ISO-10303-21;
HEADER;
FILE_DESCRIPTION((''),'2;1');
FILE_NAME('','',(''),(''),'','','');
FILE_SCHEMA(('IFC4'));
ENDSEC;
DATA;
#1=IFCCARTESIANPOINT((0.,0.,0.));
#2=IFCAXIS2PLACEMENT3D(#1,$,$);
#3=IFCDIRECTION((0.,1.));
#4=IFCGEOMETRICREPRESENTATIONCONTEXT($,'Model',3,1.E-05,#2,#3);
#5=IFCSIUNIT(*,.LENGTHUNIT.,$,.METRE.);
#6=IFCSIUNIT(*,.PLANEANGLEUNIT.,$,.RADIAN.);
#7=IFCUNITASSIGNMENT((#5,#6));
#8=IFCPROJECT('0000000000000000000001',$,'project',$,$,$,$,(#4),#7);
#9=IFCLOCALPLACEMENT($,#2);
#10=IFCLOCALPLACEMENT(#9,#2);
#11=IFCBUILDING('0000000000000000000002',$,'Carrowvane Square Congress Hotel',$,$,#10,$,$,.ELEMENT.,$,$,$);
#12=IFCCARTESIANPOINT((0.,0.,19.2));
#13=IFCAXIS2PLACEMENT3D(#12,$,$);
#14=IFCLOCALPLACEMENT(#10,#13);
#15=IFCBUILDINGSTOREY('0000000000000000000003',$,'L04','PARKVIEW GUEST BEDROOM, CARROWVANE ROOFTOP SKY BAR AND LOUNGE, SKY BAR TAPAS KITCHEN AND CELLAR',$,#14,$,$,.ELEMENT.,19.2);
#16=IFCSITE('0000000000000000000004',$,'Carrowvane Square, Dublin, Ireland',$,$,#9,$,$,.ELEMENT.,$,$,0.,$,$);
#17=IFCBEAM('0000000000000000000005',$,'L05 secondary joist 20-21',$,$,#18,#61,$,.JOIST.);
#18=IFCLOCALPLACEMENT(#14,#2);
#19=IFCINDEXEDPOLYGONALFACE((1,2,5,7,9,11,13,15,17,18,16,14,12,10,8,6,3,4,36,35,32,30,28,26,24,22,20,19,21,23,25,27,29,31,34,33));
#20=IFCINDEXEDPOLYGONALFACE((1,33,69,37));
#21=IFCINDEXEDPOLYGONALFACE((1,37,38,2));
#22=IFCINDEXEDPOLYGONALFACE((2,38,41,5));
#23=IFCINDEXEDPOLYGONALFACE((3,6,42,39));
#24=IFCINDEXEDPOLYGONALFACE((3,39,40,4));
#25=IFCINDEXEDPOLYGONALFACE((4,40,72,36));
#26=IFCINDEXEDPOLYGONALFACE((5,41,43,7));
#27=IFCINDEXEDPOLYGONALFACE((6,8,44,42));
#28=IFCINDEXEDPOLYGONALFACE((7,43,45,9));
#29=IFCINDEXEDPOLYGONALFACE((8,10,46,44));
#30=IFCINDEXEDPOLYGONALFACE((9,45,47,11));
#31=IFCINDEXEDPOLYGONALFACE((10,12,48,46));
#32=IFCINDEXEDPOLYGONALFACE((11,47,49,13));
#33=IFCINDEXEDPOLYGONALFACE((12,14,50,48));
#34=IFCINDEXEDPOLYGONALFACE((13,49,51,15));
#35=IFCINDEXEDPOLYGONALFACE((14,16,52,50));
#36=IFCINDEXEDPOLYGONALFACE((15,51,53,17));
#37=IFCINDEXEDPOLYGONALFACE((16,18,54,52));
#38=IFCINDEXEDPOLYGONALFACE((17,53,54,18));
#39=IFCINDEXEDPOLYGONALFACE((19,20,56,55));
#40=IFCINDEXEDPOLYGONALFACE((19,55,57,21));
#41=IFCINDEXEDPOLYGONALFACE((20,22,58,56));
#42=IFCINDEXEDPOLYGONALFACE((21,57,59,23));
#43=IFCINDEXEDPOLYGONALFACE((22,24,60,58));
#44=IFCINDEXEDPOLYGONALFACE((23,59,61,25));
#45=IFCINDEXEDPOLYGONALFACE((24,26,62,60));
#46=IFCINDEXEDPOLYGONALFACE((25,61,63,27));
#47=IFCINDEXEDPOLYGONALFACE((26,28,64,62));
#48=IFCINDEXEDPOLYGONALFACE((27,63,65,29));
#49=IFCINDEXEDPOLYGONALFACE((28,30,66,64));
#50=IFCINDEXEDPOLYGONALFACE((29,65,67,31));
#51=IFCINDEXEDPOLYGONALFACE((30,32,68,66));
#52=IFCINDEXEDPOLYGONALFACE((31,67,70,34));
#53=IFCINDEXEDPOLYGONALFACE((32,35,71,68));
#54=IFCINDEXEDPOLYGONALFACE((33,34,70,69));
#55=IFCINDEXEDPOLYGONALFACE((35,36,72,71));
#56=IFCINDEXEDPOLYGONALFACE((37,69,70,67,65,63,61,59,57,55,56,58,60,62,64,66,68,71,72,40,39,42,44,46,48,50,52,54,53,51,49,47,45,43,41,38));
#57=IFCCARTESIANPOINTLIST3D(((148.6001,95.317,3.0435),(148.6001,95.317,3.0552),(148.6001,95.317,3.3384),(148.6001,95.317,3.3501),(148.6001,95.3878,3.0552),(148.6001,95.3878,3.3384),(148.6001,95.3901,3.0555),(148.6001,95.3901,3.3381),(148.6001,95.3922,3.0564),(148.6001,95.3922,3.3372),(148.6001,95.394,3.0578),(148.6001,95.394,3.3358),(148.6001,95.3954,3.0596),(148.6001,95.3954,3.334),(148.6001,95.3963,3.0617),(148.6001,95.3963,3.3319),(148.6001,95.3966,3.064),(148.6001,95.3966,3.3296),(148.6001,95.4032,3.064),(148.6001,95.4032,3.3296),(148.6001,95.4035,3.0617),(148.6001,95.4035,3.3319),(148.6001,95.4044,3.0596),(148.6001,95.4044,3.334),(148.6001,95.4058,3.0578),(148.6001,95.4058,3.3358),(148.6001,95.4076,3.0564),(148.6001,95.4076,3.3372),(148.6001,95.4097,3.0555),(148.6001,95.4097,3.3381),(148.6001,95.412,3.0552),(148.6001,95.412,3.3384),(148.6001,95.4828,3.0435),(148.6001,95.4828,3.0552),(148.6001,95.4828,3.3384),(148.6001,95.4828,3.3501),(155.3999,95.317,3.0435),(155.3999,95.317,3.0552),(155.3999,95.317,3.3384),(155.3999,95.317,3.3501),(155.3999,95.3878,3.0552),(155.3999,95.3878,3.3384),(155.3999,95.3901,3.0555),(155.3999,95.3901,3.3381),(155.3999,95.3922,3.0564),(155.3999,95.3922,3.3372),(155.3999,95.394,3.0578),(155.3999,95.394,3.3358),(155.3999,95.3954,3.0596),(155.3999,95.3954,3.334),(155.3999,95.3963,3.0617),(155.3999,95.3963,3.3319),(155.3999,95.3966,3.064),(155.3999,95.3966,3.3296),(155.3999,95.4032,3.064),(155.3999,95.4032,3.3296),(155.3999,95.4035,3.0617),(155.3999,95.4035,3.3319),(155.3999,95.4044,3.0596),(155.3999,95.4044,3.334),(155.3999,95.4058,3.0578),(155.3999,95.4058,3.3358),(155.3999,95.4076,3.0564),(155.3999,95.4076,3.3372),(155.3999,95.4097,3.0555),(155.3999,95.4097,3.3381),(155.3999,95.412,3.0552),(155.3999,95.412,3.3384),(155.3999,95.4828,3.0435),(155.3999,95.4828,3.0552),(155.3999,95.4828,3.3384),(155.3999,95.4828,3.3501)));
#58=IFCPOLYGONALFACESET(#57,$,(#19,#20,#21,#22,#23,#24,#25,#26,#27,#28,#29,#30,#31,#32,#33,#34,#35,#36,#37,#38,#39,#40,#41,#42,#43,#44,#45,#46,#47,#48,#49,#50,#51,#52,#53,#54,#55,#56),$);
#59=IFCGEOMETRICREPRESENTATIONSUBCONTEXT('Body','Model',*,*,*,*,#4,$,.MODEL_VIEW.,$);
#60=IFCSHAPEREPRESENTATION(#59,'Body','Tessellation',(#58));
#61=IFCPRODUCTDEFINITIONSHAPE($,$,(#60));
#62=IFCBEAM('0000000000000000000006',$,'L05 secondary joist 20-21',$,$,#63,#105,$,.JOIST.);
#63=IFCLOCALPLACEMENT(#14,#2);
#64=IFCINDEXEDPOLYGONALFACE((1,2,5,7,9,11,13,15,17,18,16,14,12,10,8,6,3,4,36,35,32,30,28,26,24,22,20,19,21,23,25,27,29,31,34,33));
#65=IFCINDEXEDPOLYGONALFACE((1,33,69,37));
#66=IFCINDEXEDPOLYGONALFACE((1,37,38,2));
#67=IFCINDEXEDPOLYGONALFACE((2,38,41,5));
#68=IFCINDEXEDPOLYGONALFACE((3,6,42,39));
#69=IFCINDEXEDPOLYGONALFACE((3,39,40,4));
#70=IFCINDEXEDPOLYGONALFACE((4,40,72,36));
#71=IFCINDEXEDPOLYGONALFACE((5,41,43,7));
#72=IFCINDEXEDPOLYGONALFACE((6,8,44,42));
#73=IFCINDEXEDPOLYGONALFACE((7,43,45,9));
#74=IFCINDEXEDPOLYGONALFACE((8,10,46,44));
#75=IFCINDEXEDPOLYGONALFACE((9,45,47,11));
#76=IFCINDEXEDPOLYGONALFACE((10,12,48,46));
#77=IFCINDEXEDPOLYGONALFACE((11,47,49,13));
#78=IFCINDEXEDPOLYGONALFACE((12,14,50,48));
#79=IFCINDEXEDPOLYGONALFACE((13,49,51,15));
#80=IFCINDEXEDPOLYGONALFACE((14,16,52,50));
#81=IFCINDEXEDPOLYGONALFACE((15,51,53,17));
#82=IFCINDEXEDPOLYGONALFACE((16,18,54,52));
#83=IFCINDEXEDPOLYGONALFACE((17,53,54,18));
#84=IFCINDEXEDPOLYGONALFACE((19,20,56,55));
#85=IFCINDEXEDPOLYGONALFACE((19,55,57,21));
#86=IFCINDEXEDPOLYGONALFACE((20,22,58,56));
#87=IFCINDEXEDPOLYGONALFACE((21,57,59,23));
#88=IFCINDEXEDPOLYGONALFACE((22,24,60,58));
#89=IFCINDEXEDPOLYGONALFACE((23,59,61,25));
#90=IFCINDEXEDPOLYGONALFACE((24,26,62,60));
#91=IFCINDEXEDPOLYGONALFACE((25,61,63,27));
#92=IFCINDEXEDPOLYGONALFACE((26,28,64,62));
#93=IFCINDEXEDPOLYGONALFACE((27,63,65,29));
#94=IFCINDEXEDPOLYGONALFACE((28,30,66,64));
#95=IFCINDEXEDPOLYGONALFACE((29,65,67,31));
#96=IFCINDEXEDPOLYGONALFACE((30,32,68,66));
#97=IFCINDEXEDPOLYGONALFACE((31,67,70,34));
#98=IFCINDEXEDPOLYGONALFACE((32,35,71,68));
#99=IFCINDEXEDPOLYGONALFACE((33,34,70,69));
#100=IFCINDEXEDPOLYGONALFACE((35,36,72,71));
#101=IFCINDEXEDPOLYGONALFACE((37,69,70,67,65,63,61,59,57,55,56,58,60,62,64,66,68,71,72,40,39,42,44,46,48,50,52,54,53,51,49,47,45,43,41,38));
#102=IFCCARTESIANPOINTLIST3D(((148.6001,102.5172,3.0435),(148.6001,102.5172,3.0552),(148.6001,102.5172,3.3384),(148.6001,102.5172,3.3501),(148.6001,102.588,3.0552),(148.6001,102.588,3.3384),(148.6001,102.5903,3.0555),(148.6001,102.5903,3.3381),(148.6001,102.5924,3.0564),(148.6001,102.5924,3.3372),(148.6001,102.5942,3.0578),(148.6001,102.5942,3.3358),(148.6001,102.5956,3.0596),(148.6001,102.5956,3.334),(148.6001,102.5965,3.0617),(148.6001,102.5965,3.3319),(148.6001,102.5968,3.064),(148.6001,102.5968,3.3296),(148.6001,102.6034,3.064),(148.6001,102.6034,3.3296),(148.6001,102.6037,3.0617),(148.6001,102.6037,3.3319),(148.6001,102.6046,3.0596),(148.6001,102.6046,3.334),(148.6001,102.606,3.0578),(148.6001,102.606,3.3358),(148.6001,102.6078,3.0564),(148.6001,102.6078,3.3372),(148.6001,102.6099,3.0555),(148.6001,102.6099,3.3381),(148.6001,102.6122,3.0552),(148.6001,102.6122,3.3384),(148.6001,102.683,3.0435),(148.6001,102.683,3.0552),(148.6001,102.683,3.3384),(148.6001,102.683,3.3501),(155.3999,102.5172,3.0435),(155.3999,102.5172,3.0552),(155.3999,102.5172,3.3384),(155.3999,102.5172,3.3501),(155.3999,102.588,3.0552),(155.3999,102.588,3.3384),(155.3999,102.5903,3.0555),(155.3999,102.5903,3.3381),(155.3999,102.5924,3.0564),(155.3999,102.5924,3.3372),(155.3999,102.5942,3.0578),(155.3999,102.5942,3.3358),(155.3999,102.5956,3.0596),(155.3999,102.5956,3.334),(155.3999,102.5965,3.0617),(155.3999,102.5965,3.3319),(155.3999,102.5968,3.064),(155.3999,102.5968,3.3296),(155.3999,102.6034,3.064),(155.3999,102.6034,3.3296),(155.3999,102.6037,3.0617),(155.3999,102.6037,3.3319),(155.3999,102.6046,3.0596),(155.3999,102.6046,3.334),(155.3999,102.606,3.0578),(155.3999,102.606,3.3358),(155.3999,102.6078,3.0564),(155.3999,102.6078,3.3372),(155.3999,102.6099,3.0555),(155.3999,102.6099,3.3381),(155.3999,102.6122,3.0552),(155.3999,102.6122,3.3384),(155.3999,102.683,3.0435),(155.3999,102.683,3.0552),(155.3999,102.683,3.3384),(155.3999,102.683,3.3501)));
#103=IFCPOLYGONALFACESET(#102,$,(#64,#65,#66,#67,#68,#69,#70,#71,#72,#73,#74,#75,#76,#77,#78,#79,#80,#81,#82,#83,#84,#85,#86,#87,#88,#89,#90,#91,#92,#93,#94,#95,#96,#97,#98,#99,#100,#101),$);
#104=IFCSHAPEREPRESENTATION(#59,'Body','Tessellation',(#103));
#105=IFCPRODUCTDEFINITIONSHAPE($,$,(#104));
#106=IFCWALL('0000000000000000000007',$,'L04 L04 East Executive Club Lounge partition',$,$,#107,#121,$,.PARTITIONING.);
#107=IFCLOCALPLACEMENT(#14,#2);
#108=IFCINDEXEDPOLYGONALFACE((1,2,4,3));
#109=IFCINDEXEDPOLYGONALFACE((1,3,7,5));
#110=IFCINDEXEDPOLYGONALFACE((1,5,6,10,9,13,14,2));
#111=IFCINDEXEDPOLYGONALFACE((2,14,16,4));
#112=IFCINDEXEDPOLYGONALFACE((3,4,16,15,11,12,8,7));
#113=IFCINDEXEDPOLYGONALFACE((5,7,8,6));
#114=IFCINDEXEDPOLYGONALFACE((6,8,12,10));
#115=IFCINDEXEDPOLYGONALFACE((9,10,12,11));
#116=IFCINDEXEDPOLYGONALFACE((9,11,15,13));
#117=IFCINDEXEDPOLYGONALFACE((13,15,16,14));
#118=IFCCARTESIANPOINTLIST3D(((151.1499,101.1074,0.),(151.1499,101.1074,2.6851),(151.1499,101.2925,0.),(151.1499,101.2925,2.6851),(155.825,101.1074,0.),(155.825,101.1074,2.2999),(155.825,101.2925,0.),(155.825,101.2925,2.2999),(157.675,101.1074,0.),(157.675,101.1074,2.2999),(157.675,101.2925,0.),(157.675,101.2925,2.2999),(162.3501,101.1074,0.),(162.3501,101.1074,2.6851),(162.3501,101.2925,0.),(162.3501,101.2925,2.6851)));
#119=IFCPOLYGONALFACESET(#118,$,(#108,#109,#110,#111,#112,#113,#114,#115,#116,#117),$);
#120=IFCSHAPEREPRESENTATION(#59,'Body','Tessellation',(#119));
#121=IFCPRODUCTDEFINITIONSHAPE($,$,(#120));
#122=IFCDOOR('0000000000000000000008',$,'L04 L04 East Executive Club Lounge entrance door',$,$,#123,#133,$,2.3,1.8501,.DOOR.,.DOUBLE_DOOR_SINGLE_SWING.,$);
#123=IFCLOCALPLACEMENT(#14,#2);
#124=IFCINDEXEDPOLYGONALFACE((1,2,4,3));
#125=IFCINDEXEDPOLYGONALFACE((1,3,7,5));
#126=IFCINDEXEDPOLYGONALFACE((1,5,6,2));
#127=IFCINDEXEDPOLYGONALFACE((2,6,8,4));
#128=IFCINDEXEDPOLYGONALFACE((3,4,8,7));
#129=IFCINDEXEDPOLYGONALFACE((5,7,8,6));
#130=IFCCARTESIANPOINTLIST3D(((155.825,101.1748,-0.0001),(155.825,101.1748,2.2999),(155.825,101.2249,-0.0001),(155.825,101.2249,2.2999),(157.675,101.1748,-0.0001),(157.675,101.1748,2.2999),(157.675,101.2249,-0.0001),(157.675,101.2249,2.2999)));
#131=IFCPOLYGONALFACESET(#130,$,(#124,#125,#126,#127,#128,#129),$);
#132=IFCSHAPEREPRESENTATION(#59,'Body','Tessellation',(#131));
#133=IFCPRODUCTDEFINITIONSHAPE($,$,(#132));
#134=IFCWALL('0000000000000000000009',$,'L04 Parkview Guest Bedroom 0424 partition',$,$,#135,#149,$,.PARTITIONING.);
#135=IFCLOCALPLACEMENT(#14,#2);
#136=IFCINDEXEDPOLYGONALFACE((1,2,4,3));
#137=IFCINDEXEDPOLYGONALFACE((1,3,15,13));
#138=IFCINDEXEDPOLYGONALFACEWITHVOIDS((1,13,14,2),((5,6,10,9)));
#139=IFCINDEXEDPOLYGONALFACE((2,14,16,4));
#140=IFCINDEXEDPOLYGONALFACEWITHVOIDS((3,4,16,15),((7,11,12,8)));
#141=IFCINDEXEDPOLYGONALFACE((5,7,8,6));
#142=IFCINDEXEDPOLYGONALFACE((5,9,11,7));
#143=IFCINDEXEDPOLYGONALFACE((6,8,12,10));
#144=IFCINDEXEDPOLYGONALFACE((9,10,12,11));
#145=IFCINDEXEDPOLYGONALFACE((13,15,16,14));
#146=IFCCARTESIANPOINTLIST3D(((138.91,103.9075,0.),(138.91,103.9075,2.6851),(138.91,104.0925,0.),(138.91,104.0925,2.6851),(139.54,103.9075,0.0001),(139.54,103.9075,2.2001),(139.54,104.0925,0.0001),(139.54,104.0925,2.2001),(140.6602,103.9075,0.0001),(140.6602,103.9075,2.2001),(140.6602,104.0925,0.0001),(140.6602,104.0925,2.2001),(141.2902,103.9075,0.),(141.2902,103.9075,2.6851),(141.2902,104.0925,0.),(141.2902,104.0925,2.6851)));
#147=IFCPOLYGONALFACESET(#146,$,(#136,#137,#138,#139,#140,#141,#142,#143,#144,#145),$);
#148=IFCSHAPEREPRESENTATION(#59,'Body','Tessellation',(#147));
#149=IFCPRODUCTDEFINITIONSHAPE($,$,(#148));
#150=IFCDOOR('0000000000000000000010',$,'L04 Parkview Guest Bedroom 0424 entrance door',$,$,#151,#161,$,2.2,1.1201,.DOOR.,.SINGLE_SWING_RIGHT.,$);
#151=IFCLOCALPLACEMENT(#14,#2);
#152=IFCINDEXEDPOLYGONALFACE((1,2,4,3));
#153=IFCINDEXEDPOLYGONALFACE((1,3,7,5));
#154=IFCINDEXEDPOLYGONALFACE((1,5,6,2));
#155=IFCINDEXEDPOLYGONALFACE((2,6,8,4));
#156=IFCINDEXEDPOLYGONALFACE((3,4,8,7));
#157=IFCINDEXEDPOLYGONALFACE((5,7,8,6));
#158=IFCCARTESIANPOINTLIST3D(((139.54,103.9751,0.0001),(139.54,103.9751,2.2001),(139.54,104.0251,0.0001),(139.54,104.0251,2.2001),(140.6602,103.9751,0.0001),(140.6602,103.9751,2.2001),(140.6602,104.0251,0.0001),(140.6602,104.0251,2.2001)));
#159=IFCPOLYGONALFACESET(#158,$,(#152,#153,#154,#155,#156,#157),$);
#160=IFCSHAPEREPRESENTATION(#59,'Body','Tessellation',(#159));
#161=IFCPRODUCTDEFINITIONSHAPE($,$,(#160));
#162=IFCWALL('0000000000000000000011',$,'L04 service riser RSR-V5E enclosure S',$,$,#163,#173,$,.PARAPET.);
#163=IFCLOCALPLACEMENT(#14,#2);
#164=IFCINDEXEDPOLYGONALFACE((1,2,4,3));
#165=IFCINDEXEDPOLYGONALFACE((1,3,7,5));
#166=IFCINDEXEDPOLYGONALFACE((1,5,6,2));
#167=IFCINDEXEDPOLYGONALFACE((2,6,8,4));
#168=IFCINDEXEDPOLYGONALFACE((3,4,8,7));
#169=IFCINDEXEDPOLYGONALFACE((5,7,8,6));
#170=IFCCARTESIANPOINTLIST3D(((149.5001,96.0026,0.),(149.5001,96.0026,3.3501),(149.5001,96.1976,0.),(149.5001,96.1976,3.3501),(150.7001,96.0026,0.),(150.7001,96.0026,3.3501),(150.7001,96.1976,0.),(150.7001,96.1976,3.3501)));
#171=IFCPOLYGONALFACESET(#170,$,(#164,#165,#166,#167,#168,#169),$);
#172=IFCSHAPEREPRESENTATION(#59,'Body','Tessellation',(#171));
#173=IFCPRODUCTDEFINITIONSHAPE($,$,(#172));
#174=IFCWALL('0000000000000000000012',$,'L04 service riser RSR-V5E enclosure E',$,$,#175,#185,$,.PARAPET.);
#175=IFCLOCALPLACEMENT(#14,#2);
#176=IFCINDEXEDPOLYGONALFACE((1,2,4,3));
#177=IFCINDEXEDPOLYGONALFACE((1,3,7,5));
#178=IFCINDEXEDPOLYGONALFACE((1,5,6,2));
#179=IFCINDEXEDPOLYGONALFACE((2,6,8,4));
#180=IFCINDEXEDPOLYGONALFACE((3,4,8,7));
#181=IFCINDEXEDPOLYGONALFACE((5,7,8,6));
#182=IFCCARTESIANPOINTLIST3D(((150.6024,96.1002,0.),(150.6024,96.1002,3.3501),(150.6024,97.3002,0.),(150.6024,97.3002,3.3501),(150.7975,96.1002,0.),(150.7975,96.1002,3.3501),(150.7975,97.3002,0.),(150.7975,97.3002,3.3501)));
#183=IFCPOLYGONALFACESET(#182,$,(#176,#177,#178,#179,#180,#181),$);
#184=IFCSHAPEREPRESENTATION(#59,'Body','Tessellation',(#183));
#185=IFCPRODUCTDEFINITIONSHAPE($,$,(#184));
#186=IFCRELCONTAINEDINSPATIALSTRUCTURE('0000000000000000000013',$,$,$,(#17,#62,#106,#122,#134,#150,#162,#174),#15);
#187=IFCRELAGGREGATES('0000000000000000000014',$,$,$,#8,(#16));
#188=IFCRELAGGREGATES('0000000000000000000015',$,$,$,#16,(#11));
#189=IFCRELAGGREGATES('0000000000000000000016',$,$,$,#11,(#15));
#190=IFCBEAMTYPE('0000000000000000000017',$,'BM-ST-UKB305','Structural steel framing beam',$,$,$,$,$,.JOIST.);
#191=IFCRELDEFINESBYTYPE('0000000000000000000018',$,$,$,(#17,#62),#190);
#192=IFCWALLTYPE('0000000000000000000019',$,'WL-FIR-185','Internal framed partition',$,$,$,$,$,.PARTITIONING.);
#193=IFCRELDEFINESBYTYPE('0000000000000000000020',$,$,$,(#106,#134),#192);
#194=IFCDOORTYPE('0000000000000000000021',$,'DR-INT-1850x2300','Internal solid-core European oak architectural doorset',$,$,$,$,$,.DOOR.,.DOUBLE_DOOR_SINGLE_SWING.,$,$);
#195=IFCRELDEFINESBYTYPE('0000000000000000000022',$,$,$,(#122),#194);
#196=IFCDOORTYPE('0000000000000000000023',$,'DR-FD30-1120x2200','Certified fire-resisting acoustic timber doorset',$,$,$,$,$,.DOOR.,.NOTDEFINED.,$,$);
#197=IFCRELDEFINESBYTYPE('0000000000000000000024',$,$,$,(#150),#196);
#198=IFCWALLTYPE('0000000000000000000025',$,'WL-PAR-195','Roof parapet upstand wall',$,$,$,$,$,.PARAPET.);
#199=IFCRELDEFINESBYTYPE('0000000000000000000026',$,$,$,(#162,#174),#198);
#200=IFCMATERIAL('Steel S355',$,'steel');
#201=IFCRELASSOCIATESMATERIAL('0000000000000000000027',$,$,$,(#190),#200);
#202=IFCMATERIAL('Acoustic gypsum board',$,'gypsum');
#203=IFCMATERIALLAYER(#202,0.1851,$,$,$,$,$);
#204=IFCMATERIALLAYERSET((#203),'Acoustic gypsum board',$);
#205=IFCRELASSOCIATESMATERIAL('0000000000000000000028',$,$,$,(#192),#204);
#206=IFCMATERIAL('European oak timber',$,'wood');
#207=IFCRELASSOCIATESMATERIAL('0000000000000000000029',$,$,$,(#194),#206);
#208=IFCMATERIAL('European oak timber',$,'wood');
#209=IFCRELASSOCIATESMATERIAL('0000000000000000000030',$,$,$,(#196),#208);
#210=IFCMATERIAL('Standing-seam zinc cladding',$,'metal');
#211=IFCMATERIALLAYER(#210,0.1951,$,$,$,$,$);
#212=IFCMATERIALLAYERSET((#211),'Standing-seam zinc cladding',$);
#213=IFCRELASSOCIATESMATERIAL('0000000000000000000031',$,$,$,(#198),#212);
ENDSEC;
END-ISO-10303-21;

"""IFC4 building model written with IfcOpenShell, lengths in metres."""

from ifc_helpers import new_model, si_unit, direction, frame, frame_2d, origin, origin_2d, place, context, subcontext, project, spatial, rectangle, i_section, extrude, material, layer, layer_set, material_profile, profile_set, type_object, element, fill, save


model = new_model("IFC4")

# Units and contexts
model_context = context("Model", 3, precision=1e-05, world=origin(), true_north=direction((0.0, 1.0)))
body_context = subcontext(model_context, "Body", "Model", "MODEL_VIEW")
ifc_project = project(units=[si_unit("LENGTHUNIT", "METRE"), si_unit("PLANEANGLEUNIT", "RADIAN")], contexts=[model_context])

# Site, building, storey
site_placement = place(None, origin())
site = spatial("IfcSite", under=ifc_project, at=site_placement, Name="Carrowvane Square, Dublin, Ireland", CompositionType="ELEMENT", RefElevation=0.0)
building_placement = place(site_placement, origin())
building = spatial("IfcBuilding", under=site, at=building_placement, Name="Carrowvane Square Congress Hotel", CompositionType="ELEMENT")
storey_placement = place(building_placement, frame((0.0, 0.0, 19.2)))
storey = spatial("IfcBuildingStorey", under=building, at=storey_placement, Name="L04", Description="PARKVIEW GUEST BEDROOM, CARROWVANE ROOFTOP SKY BAR AND LOUNGE, SKY BAR TAPAS KITCHEN AND CELLAR", CompositionType="ELEMENT", Elevation=19.2)

# Beams
ifc_material_1 = material(Name="Steel S355", Category="steel")
ifc_material_profile_1 = material_profile(ifc_material_1, i_section(OverallWidth=0.1658, OverallDepth=0.3066, WebThickness=0.0066, FlangeThickness=0.0117, FilletRadius=0.0088, at=origin_2d()), Name="UKB 305x165x46")
ifc_profile_set_1 = profile_set([ifc_material_profile_1], Name="Steel S355")
beam_type_1 = type_object("IfcBeamType", Name="BM-ST-UKB305", Description="Structural steel framing beam", PredefinedType="JOIST", material=ifc_profile_set_1)
for number, where, z_axis, x_axis, name in (
    (1, (148.6001, 95.3999, 3.1968), (1.0, 0.0, 0.0), (0.0, 1.0, 0.0), "L05 secondary joist 20-21"),
    (2, (148.6001, 102.6001, 3.1968), (1.0, 0.0, 0.0), (0.0, 1.0, 0.0), "L05 secondary joist 20-21"),
):
    element("IfcBeam", number, at=place(storey_placement, frame(where, z_axis=z_axis, x_axis=x_axis)), inside=storey, type_object=beam_type_1, Name=name, PredefinedType="JOIST", context=body_context, shape_type="SweptSolid", body=[
        extrude(i_section(OverallWidth=0.1658, OverallDepth=0.3066, WebThickness=0.0066, FlangeThickness=0.0117, FilletRadius=0.0088, at=origin_2d()), origin(), (0.0, 0.0, 1.0), 6.7998),
    ])

# Walls, openings, doors
ifc_material_2 = material(Name="Acoustic gypsum board", Category="gypsum")
ifc_layer_1 = layer(ifc_material_2, 0.1851)
ifc_layer_set_1 = layer_set([ifc_layer_1], Name="Acoustic gypsum board")
wall_type_1 = type_object("IfcWallType", Name="WL-FIR-185", Description="Internal framed partition", PredefinedType="PARTITIONING", material=ifc_layer_set_1)
wall_1_placement = place(storey_placement, frame((151.1499, 101.2, 0.0), z_axis=(0.0, 0.0, 1.0), x_axis=(1.0, 0.0, 0.0)))
wall_1 = element("IfcWall", 3, at=wall_1_placement, inside=storey, type_object=wall_type_1, Name="L04 L04 East Executive Club Lounge partition", PredefinedType="PARTITIONING", context=body_context, shape_type="SweptSolid", body=[
    extrude(rectangle(XDim=11.2002, YDim=0.1851, at=frame_2d((5.6001, 0.0))), origin(), (0.0, 0.0, 1.0), 2.6851),
])
opening_1_placement = place(wall_1_placement, frame((4.675, 0.0, 0.0)))
opening_1 = element("IfcOpeningElement", 4, at=opening_1_placement, cuts=wall_1, PredefinedType="OPENING", context=body_context, shape_type="SweptSolid", body=[
    extrude(rectangle(XDim=1.8501, YDim=2.3, at=frame_2d((0.925, 1.1499))), frame((0.0, 0.1025, 0.0), z_axis=(0.0, -1.0, 0.0), x_axis=(1.0, 0.0, 0.0)), (0.0, 0.0, 1.0), 0.2051),
])
ifc_material_3 = material(Name="European oak timber", Category="wood")
door_type_1 = type_object("IfcDoorType", Name="DR-INT-1850x2300", Description="Internal solid-core European oak architectural doorset", OperationType="DOUBLE_DOOR_SINGLE_SWING", PredefinedType="DOOR", material=ifc_material_3)
door_1_placement = place(opening_1_placement, origin())
door_1 = element("IfcDoor", 5, at=door_1_placement, inside=storey, type_object=door_type_1, Name="L04 L04 East Executive Club Lounge entrance door", OperationType="DOUBLE_DOOR_SINGLE_SWING", OverallHeight=2.3, OverallWidth=1.8501, PredefinedType="DOOR", context=body_context, shape_type="SweptSolid", body=[
    extrude(rectangle(XDim=1.8501, YDim=2.3, at=frame_2d((0.925, 1.1499))), frame((0.0, 0.0249, 0.0), z_axis=(0.0, -1.0, 0.0), x_axis=(1.0, 0.0, 0.0)), (0.0, 0.0, 1.0), 0.05),
])
fill(opening_1, door_1)
wall_2_placement = place(storey_placement, frame((141.29, 104.0, 0.0), z_axis=(0.0, 0.0, 1.0), x_axis=(-1.0, 0.0, 0.0)))
wall_2 = element("IfcWall", 6, at=wall_2_placement, inside=storey, type_object=wall_type_1, Name="L04 Parkview Guest Bedroom 0424 partition", PredefinedType="PARTITIONING", context=body_context, shape_type="SweptSolid", body=[
    extrude(rectangle(XDim=2.3801, YDim=0.1851, at=frame_2d((1.1899, 0.0))), origin(), (0.0, 0.0, 1.0), 2.6851),
])
opening_2_placement = place(wall_2_placement, frame((0.6299, 0.0, 0.0)))
opening_2 = element("IfcOpeningElement", 7, at=opening_2_placement, cuts=wall_2, PredefinedType="OPENING", context=body_context, shape_type="SweptSolid", body=[
    extrude(rectangle(XDim=1.1201, YDim=2.2, at=frame_2d((0.5601, 1.1001))), frame((0.0, 0.1025, 0.0), z_axis=(0.0, -1.0, 0.0), x_axis=(1.0, 0.0, 0.0)), (0.0, 0.0, 1.0), 0.2051),
])
ifc_material_4 = material(Name="European oak timber", Category="wood")
door_type_2 = type_object("IfcDoorType", Name="DR-FD30-1120x2200", Description="Certified fire-resisting acoustic timber doorset", OperationType="NOTDEFINED", PredefinedType="DOOR", material=ifc_material_4)
door_2_placement = place(opening_2_placement, origin())
door_2 = element("IfcDoor", 8, at=door_2_placement, inside=storey, type_object=door_type_2, Name="L04 Parkview Guest Bedroom 0424 entrance door", OperationType="SINGLE_SWING_RIGHT", OverallHeight=2.2, OverallWidth=1.1201, PredefinedType="DOOR", context=body_context, shape_type="SweptSolid", body=[
    extrude(rectangle(XDim=1.1201, YDim=2.2, at=frame_2d((0.5601, 1.1001))), frame((0.0, 0.0249, 0.0), z_axis=(0.0, -1.0, 0.0), x_axis=(1.0, 0.0, 0.0)), (0.0, 0.0, 1.0), 0.05),
])
fill(opening_2, door_2)

# Walls
ifc_material_5 = material(Name="Standing-seam zinc cladding", Category="metal")
ifc_layer_2 = layer(ifc_material_5, 0.1951)
ifc_layer_set_2 = layer_set([ifc_layer_2], Name="Standing-seam zinc cladding")
wall_type_2 = type_object("IfcWallType", Name="WL-PAR-195", Description="Roof parapet upstand wall", PredefinedType="PARAPET", material=ifc_layer_set_2)
for number, where, z_axis, x_axis, name in (
    (9, (149.5, 96.1001, 0.0), (0.0, 0.0, 1.0), (1.0, 0.0, 0.0), "L04 service riser RSR-V5E enclosure S"),
    (10, (150.7, 96.1001, 0.0), (0.0, 0.0, 1.0), (0.0, 1.0, 0.0), "L04 service riser RSR-V5E enclosure E"),
):
    element("IfcWall", number, at=place(storey_placement, frame(where, z_axis=z_axis, x_axis=x_axis)), inside=storey, type_object=wall_type_2, Name=name, PredefinedType="PARAPET", context=body_context, shape_type="SweptSolid", body=[
        extrude(rectangle(XDim=1.2, YDim=0.1951, at=frame_2d((0.6001, 0.0))), origin(), (0.0, 0.0, 1.0), 3.3501),
    ])

save(model, "model.ifc")
